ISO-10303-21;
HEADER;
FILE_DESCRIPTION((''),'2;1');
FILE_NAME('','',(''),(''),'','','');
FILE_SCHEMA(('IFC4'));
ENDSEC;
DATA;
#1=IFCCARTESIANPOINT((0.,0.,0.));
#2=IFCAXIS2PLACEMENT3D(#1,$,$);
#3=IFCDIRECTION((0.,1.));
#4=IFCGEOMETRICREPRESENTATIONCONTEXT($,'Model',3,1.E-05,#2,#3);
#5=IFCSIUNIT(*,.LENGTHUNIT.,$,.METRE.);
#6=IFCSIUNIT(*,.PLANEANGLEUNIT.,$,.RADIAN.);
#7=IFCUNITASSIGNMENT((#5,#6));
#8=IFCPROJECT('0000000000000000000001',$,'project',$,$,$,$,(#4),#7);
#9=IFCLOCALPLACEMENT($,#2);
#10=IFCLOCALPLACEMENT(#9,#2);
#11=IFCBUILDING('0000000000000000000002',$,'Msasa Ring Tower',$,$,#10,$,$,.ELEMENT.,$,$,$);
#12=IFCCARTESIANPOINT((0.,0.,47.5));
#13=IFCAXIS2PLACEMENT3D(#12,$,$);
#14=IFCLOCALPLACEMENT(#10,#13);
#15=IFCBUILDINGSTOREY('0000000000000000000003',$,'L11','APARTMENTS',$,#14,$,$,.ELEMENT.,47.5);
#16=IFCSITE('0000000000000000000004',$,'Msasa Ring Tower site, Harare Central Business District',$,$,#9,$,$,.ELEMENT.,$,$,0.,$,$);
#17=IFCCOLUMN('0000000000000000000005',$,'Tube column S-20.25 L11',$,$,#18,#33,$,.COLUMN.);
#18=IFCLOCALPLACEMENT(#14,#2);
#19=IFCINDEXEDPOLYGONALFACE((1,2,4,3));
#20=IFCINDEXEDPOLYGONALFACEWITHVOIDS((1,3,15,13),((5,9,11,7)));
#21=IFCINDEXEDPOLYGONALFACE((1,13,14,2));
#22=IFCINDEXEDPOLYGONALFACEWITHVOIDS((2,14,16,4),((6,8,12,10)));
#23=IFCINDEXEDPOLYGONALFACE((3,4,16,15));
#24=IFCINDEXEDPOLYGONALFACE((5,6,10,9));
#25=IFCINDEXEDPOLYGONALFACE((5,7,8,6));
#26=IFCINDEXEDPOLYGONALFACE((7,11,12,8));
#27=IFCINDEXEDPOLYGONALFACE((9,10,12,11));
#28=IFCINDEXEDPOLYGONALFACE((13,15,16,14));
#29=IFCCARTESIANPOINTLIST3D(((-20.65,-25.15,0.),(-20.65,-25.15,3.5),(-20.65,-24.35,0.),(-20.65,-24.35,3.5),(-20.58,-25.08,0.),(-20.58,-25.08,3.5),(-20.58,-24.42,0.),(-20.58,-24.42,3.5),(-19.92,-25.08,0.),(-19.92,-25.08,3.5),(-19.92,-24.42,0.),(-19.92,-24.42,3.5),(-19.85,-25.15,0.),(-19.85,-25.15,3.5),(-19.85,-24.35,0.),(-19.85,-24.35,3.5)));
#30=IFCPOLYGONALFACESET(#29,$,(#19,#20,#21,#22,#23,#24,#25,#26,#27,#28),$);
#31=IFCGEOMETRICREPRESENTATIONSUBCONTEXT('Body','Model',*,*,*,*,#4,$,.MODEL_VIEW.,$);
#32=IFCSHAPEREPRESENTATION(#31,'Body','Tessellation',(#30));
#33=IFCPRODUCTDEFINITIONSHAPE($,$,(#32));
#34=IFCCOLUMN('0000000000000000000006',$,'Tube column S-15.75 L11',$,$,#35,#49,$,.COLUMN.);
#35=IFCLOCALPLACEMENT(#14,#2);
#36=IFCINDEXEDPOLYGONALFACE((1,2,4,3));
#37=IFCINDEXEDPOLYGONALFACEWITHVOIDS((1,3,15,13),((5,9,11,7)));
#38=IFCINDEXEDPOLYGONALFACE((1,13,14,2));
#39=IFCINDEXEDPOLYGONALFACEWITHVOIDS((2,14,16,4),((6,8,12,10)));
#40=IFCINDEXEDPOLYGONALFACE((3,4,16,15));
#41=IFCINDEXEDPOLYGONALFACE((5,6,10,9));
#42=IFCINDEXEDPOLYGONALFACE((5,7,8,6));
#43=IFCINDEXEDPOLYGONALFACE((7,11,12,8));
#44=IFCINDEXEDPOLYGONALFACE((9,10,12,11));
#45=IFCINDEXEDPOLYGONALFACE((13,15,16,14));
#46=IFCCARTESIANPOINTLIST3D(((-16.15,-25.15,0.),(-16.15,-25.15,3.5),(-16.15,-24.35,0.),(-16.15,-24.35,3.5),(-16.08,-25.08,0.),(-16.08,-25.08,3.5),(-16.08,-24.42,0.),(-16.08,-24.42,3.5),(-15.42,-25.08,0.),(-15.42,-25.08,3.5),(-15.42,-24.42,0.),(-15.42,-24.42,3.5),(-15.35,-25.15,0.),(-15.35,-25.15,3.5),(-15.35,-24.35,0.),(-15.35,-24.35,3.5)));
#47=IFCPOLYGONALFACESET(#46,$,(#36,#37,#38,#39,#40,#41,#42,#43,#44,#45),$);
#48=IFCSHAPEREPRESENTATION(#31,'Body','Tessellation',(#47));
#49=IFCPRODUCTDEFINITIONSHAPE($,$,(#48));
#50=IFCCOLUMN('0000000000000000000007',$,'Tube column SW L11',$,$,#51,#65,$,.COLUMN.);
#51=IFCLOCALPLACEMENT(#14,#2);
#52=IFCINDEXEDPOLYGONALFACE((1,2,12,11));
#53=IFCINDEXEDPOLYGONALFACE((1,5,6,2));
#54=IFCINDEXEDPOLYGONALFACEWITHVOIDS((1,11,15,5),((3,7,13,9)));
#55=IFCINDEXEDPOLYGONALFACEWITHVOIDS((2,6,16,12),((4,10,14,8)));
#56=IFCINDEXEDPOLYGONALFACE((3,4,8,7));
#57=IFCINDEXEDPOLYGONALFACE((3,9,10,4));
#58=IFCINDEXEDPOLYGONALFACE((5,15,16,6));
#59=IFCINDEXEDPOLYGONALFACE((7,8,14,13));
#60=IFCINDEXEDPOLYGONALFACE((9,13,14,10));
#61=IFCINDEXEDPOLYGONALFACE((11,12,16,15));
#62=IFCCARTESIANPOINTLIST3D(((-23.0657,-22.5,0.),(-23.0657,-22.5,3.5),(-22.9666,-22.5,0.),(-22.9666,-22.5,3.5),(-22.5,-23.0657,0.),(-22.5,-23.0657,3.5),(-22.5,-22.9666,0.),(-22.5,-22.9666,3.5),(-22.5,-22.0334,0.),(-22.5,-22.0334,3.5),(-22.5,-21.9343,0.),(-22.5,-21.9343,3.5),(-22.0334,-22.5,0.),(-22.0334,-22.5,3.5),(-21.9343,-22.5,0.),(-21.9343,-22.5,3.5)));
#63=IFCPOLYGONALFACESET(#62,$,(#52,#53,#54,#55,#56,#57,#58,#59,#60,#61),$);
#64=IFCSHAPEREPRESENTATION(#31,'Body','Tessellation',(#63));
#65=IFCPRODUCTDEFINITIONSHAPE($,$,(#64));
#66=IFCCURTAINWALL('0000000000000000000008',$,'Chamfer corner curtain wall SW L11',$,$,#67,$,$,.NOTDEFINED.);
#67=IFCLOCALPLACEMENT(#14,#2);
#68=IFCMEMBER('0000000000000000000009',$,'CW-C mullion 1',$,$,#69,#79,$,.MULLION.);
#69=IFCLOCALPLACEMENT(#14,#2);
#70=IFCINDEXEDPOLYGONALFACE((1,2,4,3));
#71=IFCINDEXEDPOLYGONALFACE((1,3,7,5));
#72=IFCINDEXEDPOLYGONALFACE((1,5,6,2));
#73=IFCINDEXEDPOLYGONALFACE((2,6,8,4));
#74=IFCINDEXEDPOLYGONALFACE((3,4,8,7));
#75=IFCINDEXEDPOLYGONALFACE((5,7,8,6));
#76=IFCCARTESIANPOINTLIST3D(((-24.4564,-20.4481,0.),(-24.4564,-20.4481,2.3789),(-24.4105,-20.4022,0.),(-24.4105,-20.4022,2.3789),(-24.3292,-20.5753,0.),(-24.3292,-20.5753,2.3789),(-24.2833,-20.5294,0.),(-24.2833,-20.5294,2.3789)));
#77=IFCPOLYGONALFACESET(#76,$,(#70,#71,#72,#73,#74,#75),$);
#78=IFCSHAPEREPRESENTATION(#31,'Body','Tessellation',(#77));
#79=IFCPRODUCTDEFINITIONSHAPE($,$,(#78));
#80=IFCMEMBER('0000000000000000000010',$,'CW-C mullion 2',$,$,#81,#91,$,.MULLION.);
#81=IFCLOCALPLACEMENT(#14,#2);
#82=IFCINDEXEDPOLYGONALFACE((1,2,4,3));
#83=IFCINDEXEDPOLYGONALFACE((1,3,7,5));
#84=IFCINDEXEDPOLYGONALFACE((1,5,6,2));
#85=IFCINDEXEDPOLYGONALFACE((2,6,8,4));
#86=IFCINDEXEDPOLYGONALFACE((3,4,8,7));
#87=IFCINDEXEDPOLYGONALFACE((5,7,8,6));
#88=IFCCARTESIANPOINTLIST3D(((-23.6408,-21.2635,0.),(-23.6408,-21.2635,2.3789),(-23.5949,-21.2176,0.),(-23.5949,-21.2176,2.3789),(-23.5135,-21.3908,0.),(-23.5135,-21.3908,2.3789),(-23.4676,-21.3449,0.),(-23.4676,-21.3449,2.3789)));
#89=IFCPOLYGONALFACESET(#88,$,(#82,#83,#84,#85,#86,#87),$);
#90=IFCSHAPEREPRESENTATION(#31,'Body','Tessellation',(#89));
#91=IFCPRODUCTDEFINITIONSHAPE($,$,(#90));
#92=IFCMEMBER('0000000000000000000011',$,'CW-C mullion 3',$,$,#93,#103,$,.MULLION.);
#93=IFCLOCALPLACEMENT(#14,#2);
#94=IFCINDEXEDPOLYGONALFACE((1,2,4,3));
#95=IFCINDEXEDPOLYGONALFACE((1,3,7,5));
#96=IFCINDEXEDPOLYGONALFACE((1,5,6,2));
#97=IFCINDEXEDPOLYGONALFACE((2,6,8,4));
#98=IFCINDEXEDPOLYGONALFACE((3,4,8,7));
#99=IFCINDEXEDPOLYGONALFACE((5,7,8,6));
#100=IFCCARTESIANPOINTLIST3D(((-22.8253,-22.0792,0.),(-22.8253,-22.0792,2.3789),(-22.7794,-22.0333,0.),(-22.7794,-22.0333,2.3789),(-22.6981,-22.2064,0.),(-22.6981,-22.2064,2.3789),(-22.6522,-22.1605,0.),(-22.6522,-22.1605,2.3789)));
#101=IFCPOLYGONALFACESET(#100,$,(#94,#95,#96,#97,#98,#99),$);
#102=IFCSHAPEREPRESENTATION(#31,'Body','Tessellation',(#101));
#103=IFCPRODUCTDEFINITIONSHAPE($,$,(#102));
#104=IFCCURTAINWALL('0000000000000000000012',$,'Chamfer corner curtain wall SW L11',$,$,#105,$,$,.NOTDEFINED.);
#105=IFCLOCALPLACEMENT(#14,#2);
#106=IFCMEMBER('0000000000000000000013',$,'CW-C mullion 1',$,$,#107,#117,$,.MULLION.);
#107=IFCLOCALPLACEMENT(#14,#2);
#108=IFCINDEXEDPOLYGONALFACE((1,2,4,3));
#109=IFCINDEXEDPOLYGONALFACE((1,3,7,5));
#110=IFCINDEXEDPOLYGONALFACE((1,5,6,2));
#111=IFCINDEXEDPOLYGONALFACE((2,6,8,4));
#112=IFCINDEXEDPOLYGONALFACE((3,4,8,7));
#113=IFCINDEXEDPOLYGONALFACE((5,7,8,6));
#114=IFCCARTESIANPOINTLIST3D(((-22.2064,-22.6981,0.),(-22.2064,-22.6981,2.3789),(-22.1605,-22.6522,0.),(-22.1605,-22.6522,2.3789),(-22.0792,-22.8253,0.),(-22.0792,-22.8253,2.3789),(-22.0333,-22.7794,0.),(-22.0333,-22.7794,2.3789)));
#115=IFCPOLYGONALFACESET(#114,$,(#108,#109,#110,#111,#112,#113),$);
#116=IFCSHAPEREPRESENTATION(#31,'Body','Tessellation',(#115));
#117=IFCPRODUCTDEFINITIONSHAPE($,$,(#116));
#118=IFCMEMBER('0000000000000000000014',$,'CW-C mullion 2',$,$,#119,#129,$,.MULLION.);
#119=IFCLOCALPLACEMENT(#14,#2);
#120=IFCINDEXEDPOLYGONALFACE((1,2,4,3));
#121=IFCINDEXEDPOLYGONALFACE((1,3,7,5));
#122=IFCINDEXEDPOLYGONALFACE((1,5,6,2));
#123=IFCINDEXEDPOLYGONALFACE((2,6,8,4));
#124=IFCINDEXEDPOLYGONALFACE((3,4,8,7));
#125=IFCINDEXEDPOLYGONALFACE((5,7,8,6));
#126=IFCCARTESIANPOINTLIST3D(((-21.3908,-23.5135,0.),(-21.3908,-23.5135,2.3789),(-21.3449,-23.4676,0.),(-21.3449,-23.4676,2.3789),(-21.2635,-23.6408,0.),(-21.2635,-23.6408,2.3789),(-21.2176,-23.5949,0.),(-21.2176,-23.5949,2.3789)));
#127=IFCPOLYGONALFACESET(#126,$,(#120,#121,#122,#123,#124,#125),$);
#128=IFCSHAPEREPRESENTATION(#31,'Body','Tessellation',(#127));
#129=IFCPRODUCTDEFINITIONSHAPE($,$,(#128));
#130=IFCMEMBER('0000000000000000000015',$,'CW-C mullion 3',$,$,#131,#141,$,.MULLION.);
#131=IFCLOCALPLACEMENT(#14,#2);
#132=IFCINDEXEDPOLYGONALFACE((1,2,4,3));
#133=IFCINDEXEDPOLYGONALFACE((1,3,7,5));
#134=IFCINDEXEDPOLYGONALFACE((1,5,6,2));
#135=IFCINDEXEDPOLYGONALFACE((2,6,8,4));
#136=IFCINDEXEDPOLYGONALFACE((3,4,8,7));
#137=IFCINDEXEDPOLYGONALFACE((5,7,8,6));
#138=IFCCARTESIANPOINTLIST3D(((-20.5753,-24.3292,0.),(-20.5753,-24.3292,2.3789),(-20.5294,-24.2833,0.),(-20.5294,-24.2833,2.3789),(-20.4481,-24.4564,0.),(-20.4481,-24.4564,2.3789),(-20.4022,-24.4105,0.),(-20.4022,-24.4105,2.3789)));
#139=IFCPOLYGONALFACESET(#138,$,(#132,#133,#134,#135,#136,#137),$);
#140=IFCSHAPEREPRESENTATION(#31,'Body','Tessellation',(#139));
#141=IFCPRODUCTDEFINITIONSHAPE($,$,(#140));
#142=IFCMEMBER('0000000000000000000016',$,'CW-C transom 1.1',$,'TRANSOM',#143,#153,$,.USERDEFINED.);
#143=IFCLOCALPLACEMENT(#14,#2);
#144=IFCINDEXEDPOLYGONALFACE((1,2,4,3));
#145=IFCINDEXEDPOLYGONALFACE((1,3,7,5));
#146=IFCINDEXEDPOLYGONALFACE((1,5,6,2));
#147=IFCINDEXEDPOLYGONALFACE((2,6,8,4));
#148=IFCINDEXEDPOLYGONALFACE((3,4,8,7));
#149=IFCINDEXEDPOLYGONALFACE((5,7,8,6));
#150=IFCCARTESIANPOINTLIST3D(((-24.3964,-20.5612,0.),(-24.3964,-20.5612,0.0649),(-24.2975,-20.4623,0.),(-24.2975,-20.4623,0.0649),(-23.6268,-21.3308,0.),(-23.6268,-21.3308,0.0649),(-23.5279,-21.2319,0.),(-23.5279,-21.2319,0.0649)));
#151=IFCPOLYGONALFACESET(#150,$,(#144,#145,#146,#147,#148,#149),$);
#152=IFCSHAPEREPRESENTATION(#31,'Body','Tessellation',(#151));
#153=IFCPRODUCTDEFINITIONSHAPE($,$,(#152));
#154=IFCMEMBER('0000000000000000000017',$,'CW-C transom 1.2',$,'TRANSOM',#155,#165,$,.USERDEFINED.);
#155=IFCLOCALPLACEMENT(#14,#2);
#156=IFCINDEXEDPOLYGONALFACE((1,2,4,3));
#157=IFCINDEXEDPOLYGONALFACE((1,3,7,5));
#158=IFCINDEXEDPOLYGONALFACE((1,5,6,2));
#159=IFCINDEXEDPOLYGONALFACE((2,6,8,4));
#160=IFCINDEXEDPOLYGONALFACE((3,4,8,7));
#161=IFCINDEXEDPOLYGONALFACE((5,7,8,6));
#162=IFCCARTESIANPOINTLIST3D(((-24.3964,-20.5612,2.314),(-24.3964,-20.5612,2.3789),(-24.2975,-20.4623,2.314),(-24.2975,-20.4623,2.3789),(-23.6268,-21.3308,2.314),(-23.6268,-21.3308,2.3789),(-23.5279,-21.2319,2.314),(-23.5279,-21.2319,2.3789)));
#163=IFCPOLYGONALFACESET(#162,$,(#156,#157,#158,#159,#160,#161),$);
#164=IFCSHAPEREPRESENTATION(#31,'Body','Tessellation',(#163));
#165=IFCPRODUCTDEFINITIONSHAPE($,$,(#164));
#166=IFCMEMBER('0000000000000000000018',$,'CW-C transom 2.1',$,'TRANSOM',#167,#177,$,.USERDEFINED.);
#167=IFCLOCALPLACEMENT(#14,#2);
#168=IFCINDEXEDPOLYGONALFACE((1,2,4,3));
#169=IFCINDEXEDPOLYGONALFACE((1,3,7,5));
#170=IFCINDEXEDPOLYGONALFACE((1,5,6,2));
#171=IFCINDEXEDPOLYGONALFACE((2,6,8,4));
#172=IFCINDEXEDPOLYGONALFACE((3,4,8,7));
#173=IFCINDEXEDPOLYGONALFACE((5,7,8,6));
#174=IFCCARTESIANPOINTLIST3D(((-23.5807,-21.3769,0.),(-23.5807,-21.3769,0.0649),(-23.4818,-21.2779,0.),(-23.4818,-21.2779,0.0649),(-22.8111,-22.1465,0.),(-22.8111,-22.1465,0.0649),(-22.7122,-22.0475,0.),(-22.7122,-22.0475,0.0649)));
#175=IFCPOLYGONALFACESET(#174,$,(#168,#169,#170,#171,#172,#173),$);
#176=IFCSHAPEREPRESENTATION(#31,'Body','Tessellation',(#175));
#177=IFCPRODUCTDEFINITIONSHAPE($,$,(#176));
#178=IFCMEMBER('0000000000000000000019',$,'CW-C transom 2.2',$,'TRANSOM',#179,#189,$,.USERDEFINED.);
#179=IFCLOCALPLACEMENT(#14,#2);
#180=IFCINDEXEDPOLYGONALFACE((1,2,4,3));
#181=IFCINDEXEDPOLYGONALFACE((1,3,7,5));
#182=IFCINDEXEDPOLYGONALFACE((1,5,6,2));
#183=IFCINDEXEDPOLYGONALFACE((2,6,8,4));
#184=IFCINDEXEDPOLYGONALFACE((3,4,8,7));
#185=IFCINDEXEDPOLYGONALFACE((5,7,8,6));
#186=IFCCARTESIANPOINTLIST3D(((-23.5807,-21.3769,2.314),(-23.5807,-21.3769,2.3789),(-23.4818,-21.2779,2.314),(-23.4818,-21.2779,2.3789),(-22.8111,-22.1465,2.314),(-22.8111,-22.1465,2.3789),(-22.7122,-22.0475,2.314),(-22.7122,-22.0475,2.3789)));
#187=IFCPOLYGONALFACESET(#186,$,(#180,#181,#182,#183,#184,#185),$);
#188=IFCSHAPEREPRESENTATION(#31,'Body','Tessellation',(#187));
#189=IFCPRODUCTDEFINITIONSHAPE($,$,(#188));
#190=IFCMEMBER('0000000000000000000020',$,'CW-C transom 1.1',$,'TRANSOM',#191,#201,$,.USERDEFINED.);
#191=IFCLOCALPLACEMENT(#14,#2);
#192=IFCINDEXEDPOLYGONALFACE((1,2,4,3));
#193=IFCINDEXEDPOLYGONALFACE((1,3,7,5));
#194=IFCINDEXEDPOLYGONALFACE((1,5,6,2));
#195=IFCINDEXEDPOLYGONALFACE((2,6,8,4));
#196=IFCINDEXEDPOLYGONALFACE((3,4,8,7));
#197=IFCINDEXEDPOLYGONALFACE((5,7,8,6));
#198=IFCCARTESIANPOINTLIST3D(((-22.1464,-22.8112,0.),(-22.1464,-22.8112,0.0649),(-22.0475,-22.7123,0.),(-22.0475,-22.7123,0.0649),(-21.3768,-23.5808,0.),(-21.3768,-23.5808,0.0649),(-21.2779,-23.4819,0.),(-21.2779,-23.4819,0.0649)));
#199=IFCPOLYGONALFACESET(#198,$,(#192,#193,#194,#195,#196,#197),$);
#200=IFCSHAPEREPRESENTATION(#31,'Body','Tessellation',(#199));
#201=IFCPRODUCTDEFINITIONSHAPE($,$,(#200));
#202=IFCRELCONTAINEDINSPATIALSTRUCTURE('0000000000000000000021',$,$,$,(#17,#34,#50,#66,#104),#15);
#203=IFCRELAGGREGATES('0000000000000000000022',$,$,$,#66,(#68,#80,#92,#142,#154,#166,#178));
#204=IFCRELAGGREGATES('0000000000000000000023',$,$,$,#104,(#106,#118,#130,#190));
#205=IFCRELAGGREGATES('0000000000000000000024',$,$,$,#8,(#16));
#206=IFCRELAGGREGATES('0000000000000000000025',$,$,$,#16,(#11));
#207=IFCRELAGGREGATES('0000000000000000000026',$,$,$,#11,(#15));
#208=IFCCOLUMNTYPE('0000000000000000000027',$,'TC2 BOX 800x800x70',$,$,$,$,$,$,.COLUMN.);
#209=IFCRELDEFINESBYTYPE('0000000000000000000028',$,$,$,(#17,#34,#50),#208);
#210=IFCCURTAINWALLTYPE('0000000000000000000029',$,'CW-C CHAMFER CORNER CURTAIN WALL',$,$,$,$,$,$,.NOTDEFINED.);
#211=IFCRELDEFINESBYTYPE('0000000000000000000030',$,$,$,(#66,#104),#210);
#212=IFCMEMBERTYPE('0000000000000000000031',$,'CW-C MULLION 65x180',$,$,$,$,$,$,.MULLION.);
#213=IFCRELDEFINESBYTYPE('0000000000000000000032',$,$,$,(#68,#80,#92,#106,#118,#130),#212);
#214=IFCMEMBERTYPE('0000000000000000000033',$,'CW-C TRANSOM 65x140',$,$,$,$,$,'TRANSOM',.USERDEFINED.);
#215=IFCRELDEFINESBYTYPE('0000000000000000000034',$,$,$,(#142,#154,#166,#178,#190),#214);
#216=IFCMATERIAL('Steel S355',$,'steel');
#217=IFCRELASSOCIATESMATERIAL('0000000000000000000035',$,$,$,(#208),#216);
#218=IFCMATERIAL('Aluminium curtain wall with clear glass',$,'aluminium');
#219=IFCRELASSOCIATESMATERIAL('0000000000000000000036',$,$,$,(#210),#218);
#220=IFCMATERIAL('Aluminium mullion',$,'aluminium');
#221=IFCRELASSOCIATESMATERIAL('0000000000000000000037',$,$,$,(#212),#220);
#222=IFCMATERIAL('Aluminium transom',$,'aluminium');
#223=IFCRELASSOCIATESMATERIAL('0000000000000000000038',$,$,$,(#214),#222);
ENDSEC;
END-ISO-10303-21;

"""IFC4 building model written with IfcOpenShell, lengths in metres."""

from ifc_helpers import new_model, si_unit, direction, frame, origin, origin_2d, place, context, subcontext, project, spatial, rectangle, hollow_rectangle, extrude, material, material_profile, profile_set, type_object, element, aggregate, save


model = new_model("IFC4")

# Units and contexts
model_context = context("Model", 3, precision=1e-05, world=origin(), true_north=direction((0.0, 1.0)))
body_context = subcontext(model_context, "Body", "Model", "MODEL_VIEW")
ifc_project = project(units=[si_unit("LENGTHUNIT", "METRE"), si_unit("PLANEANGLEUNIT", "RADIAN")], contexts=[model_context])

# Site, building, storey
site_placement = place(None, origin())
site = spatial("IfcSite", under=ifc_project, at=site_placement, Name="Msasa Ring Tower site, Harare Central Business District", CompositionType="ELEMENT", RefElevation=0.0)
building_placement = place(site_placement, origin())
building = spatial("IfcBuilding", under=site, at=building_placement, Name="Msasa Ring Tower", CompositionType="ELEMENT")
storey_placement = place(building_placement, frame((0.0, 0.0, 47.5)))
storey = spatial("IfcBuildingStorey", under=building, at=storey_placement, Name="L11", Description="APARTMENTS", CompositionType="ELEMENT", Elevation=47.5)

# Columns
ifc_material_1 = material(Name="Steel S355", Category="steel")
ifc_material_profile_1 = material_profile(ifc_material_1, hollow_rectangle(XDim=0.8, YDim=0.8, WallThickness=0.0701, at=origin_2d()), Name="BOX 800x800x70")
ifc_profile_set_1 = profile_set([ifc_material_profile_1], Name="Steel S355")
column_type = type_object("IfcColumnType", Name="TC2 BOX 800x800x70", PredefinedType="COLUMN", material=ifc_profile_set_1)
for number, where, z_axis, x_axis, name in (
    (1, (-20.25, -24.75, 0.0), (0.0, 0.0, 1.0), (0.0, 1.0, 0.0), "Tube column S-20.25 L11"),
    (2, (-15.75, -24.75, 0.0), (0.0, 0.0, 1.0), (0.0, 1.0, 0.0), "Tube column S-15.75 L11"),
    (3, (-22.5, -22.5, 0.0), (0.0, 0.0, 1.0), (0.707107, 0.707107, 0.0), "Tube column SW L11"),
):
    element("IfcColumn", number, at=place(storey_placement, frame(where, z_axis=z_axis, x_axis=x_axis)), inside=storey, type_object=column_type, Name=name, PredefinedType="COLUMN", context=body_context, shape_type="SweptSolid", body=[
        extrude(hollow_rectangle(XDim=0.8, YDim=0.8, WallThickness=0.0701, at=origin_2d()), origin(), (0.0, 0.0, 1.0), 3.5),
    ])

# Curtain walls, members
ifc_material_2 = material(Name="Aluminium curtain wall with clear glass", Category="aluminium")
curtain_wall_type = type_object("IfcCurtainWallType", Name="CW-C CHAMFER CORNER CURTAIN WALL", PredefinedType="NOTDEFINED", material=ifc_material_2)
curtain_wall_1_placement = place(storey_placement, origin())
curtain_wall_1 = element("IfcCurtainWall", 4, at=curtain_wall_1_placement, inside=storey, type_object=curtain_wall_type, Name="Chamfer corner curtain wall SW L11", PredefinedType="NOTDEFINED")
ifc_material_3 = material(Name="Aluminium mullion", Category="aluminium")
ifc_material_profile_2 = material_profile(ifc_material_3, rectangle(XDim=0.0649, YDim=0.1799, at=origin_2d()), Name="AL 65x180")
ifc_profile_set_2 = profile_set([ifc_material_profile_2], Name="Aluminium mullion")
member_type_1 = type_object("IfcMemberType", Name="CW-C MULLION 65x180", PredefinedType="MULLION", material=ifc_profile_set_2)
member_1_placement = place(storey_placement, frame((-24.3699, -20.4888, 0.0), z_axis=(0.0, 0.0, 1.0), x_axis=(0.707107, 0.707107, 0.0)))
member_1 = element("IfcMember", 5, at=member_1_placement, type_object=member_type_1, Name="CW-C mullion 1", PredefinedType="MULLION", context=body_context, shape_type="SweptSolid", body=[
    extrude(rectangle(XDim=0.0649, YDim=0.1799, at=origin_2d()), origin(), (0.0, 0.0, 1.0), 2.3789),
])
member_2_placement = place(storey_placement, frame((-23.5542, -21.3042, 0.0), z_axis=(0.0, 0.0, 1.0), x_axis=(0.707107, 0.707107, 0.0)))
member_2 = element("IfcMember", 6, at=member_2_placement, type_object=member_type_1, Name="CW-C mullion 2", PredefinedType="MULLION", context=body_context, shape_type="SweptSolid", body=[
    extrude(rectangle(XDim=0.0649, YDim=0.1799, at=origin_2d()), origin(), (0.0, 0.0, 1.0), 2.3789),
])
member_3_placement = place(storey_placement, frame((-22.7388, -22.1199, 0.0), z_axis=(0.0, 0.0, 1.0), x_axis=(0.707107, 0.707107, 0.0)))
member_3 = element("IfcMember", 7, at=member_3_placement, type_object=member_type_1, Name="CW-C mullion 3", PredefinedType="MULLION", context=body_context, shape_type="SweptSolid", body=[
    extrude(rectangle(XDim=0.0649, YDim=0.1799, at=origin_2d()), origin(), (0.0, 0.0, 1.0), 2.3789),
])
curtain_wall_2_placement = place(storey_placement, origin())
curtain_wall_2 = element("IfcCurtainWall", 8, at=curtain_wall_2_placement, inside=storey, type_object=curtain_wall_type, Name="Chamfer corner curtain wall SW L11", PredefinedType="NOTDEFINED")
member_4_placement = place(storey_placement, frame((-22.1199, -22.7388, 0.0), z_axis=(0.0, 0.0, 1.0), x_axis=(0.707107, 0.707107, 0.0)))
member_4 = element("IfcMember", 9, at=member_4_placement, type_object=member_type_1, Name="CW-C mullion 1", PredefinedType="MULLION", context=body_context, shape_type="SweptSolid", body=[
    extrude(rectangle(XDim=0.0649, YDim=0.1799, at=origin_2d()), origin(), (0.0, 0.0, 1.0), 2.3789),
])
member_5_placement = place(storey_placement, frame((-21.3042, -23.5542, 0.0), z_axis=(0.0, 0.0, 1.0), x_axis=(0.707107, 0.707107, 0.0)))
member_5 = element("IfcMember", 10, at=member_5_placement, type_object=member_type_1, Name="CW-C mullion 2", PredefinedType="MULLION", context=body_context, shape_type="SweptSolid", body=[
    extrude(rectangle(XDim=0.0649, YDim=0.1799, at=origin_2d()), origin(), (0.0, 0.0, 1.0), 2.3789),
])
member_6_placement = place(storey_placement, frame((-20.4888, -24.3699, 0.0), z_axis=(0.0, 0.0, 1.0), x_axis=(0.707107, 0.707107, 0.0)))
member_6 = element("IfcMember", 11, at=member_6_placement, type_object=member_type_1, Name="CW-C mullion 3", PredefinedType="MULLION", context=body_context, shape_type="SweptSolid", body=[
    extrude(rectangle(XDim=0.0649, YDim=0.1799, at=origin_2d()), origin(), (0.0, 0.0, 1.0), 2.3789),
])

# Members
ifc_material_4 = material(Name="Aluminium transom", Category="aluminium")
ifc_material_profile_3 = material_profile(ifc_material_4, rectangle(XDim=0.1399, YDim=0.0649, at=origin_2d()), Name="AL 65x140")
ifc_profile_set_3 = profile_set([ifc_material_profile_3], Name="Aluminium transom")
member_type_2 = type_object("IfcMemberType", Name="CW-C TRANSOM 65x140", ElementType="TRANSOM", PredefinedType="USERDEFINED", material=ifc_profile_set_3)
member_7_placement = place(storey_placement, frame((-24.3469, -20.5117, 0.0325), z_axis=(0.707107, -0.707107, 0.0), x_axis=(0.707107, 0.707107, 0.0)))
member_7 = element("IfcMember", 12, at=member_7_placement, type_object=member_type_2, Name="CW-C transom 1.1", ObjectType="TRANSOM", PredefinedType="USERDEFINED", context=body_context, shape_type="SweptSolid", body=[
    extrude(rectangle(XDim=0.1399, YDim=0.0649, at=origin_2d()), origin(), (0.0, 0.0, 1.0), 1.0884),
])
member_8_placement = place(storey_placement, frame((-24.3469, -20.5117, 2.3464), z_axis=(0.707107, -0.707107, 0.0), x_axis=(0.707107, 0.707107, 0.0)))
member_8 = element("IfcMember", 13, at=member_8_placement, type_object=member_type_2, Name="CW-C transom 1.2", ObjectType="TRANSOM", PredefinedType="USERDEFINED", context=body_context, shape_type="SweptSolid", body=[
    extrude(rectangle(XDim=0.1399, YDim=0.0649, at=origin_2d()), origin(), (0.0, 0.0, 1.0), 1.0884),
])
member_9_placement = place(storey_placement, frame((-23.5312, -21.3274, 0.0325), z_axis=(0.707107, -0.707107, 0.0), x_axis=(0.707107, 0.707107, 0.0)))
member_9 = element("IfcMember", 14, at=member_9_placement, type_object=member_type_2, Name="CW-C transom 2.1", ObjectType="TRANSOM", PredefinedType="USERDEFINED", context=body_context, shape_type="SweptSolid", body=[
    extrude(rectangle(XDim=0.1399, YDim=0.0649, at=origin_2d()), origin(), (0.0, 0.0, 1.0), 1.0884),
])
member_10_placement = place(storey_placement, frame((-23.5312, -21.3274, 2.3464), z_axis=(0.707107, -0.707107, 0.0), x_axis=(0.707107, 0.707107, 0.0)))
member_10 = element("IfcMember", 15, at=member_10_placement, type_object=member_type_2, Name="CW-C transom 2.2", ObjectType="TRANSOM", PredefinedType="USERDEFINED", context=body_context, shape_type="SweptSolid", body=[
    extrude(rectangle(XDim=0.1399, YDim=0.0649, at=origin_2d()), origin(), (0.0, 0.0, 1.0), 1.0884),
])
member_11_placement = place(storey_placement, frame((-22.0969, -22.7617, 0.0325), z_axis=(0.707107, -0.707107, 0.0), x_axis=(0.707107, 0.707107, 0.0)))
member_11 = element("IfcMember", 16, at=member_11_placement, type_object=member_type_2, Name="CW-C transom 1.1", ObjectType="TRANSOM", PredefinedType="USERDEFINED", context=body_context, shape_type="SweptSolid", body=[
    extrude(rectangle(XDim=0.1399, YDim=0.0649, at=origin_2d()), origin(), (0.0, 0.0, 1.0), 1.0884),
])

aggregate(curtain_wall_1, [member_1, member_2, member_3, member_7, member_8, member_9, member_10])
aggregate(curtain_wall_2, [member_4, member_5, member_6, member_11])

save(model, "model.ifc")
